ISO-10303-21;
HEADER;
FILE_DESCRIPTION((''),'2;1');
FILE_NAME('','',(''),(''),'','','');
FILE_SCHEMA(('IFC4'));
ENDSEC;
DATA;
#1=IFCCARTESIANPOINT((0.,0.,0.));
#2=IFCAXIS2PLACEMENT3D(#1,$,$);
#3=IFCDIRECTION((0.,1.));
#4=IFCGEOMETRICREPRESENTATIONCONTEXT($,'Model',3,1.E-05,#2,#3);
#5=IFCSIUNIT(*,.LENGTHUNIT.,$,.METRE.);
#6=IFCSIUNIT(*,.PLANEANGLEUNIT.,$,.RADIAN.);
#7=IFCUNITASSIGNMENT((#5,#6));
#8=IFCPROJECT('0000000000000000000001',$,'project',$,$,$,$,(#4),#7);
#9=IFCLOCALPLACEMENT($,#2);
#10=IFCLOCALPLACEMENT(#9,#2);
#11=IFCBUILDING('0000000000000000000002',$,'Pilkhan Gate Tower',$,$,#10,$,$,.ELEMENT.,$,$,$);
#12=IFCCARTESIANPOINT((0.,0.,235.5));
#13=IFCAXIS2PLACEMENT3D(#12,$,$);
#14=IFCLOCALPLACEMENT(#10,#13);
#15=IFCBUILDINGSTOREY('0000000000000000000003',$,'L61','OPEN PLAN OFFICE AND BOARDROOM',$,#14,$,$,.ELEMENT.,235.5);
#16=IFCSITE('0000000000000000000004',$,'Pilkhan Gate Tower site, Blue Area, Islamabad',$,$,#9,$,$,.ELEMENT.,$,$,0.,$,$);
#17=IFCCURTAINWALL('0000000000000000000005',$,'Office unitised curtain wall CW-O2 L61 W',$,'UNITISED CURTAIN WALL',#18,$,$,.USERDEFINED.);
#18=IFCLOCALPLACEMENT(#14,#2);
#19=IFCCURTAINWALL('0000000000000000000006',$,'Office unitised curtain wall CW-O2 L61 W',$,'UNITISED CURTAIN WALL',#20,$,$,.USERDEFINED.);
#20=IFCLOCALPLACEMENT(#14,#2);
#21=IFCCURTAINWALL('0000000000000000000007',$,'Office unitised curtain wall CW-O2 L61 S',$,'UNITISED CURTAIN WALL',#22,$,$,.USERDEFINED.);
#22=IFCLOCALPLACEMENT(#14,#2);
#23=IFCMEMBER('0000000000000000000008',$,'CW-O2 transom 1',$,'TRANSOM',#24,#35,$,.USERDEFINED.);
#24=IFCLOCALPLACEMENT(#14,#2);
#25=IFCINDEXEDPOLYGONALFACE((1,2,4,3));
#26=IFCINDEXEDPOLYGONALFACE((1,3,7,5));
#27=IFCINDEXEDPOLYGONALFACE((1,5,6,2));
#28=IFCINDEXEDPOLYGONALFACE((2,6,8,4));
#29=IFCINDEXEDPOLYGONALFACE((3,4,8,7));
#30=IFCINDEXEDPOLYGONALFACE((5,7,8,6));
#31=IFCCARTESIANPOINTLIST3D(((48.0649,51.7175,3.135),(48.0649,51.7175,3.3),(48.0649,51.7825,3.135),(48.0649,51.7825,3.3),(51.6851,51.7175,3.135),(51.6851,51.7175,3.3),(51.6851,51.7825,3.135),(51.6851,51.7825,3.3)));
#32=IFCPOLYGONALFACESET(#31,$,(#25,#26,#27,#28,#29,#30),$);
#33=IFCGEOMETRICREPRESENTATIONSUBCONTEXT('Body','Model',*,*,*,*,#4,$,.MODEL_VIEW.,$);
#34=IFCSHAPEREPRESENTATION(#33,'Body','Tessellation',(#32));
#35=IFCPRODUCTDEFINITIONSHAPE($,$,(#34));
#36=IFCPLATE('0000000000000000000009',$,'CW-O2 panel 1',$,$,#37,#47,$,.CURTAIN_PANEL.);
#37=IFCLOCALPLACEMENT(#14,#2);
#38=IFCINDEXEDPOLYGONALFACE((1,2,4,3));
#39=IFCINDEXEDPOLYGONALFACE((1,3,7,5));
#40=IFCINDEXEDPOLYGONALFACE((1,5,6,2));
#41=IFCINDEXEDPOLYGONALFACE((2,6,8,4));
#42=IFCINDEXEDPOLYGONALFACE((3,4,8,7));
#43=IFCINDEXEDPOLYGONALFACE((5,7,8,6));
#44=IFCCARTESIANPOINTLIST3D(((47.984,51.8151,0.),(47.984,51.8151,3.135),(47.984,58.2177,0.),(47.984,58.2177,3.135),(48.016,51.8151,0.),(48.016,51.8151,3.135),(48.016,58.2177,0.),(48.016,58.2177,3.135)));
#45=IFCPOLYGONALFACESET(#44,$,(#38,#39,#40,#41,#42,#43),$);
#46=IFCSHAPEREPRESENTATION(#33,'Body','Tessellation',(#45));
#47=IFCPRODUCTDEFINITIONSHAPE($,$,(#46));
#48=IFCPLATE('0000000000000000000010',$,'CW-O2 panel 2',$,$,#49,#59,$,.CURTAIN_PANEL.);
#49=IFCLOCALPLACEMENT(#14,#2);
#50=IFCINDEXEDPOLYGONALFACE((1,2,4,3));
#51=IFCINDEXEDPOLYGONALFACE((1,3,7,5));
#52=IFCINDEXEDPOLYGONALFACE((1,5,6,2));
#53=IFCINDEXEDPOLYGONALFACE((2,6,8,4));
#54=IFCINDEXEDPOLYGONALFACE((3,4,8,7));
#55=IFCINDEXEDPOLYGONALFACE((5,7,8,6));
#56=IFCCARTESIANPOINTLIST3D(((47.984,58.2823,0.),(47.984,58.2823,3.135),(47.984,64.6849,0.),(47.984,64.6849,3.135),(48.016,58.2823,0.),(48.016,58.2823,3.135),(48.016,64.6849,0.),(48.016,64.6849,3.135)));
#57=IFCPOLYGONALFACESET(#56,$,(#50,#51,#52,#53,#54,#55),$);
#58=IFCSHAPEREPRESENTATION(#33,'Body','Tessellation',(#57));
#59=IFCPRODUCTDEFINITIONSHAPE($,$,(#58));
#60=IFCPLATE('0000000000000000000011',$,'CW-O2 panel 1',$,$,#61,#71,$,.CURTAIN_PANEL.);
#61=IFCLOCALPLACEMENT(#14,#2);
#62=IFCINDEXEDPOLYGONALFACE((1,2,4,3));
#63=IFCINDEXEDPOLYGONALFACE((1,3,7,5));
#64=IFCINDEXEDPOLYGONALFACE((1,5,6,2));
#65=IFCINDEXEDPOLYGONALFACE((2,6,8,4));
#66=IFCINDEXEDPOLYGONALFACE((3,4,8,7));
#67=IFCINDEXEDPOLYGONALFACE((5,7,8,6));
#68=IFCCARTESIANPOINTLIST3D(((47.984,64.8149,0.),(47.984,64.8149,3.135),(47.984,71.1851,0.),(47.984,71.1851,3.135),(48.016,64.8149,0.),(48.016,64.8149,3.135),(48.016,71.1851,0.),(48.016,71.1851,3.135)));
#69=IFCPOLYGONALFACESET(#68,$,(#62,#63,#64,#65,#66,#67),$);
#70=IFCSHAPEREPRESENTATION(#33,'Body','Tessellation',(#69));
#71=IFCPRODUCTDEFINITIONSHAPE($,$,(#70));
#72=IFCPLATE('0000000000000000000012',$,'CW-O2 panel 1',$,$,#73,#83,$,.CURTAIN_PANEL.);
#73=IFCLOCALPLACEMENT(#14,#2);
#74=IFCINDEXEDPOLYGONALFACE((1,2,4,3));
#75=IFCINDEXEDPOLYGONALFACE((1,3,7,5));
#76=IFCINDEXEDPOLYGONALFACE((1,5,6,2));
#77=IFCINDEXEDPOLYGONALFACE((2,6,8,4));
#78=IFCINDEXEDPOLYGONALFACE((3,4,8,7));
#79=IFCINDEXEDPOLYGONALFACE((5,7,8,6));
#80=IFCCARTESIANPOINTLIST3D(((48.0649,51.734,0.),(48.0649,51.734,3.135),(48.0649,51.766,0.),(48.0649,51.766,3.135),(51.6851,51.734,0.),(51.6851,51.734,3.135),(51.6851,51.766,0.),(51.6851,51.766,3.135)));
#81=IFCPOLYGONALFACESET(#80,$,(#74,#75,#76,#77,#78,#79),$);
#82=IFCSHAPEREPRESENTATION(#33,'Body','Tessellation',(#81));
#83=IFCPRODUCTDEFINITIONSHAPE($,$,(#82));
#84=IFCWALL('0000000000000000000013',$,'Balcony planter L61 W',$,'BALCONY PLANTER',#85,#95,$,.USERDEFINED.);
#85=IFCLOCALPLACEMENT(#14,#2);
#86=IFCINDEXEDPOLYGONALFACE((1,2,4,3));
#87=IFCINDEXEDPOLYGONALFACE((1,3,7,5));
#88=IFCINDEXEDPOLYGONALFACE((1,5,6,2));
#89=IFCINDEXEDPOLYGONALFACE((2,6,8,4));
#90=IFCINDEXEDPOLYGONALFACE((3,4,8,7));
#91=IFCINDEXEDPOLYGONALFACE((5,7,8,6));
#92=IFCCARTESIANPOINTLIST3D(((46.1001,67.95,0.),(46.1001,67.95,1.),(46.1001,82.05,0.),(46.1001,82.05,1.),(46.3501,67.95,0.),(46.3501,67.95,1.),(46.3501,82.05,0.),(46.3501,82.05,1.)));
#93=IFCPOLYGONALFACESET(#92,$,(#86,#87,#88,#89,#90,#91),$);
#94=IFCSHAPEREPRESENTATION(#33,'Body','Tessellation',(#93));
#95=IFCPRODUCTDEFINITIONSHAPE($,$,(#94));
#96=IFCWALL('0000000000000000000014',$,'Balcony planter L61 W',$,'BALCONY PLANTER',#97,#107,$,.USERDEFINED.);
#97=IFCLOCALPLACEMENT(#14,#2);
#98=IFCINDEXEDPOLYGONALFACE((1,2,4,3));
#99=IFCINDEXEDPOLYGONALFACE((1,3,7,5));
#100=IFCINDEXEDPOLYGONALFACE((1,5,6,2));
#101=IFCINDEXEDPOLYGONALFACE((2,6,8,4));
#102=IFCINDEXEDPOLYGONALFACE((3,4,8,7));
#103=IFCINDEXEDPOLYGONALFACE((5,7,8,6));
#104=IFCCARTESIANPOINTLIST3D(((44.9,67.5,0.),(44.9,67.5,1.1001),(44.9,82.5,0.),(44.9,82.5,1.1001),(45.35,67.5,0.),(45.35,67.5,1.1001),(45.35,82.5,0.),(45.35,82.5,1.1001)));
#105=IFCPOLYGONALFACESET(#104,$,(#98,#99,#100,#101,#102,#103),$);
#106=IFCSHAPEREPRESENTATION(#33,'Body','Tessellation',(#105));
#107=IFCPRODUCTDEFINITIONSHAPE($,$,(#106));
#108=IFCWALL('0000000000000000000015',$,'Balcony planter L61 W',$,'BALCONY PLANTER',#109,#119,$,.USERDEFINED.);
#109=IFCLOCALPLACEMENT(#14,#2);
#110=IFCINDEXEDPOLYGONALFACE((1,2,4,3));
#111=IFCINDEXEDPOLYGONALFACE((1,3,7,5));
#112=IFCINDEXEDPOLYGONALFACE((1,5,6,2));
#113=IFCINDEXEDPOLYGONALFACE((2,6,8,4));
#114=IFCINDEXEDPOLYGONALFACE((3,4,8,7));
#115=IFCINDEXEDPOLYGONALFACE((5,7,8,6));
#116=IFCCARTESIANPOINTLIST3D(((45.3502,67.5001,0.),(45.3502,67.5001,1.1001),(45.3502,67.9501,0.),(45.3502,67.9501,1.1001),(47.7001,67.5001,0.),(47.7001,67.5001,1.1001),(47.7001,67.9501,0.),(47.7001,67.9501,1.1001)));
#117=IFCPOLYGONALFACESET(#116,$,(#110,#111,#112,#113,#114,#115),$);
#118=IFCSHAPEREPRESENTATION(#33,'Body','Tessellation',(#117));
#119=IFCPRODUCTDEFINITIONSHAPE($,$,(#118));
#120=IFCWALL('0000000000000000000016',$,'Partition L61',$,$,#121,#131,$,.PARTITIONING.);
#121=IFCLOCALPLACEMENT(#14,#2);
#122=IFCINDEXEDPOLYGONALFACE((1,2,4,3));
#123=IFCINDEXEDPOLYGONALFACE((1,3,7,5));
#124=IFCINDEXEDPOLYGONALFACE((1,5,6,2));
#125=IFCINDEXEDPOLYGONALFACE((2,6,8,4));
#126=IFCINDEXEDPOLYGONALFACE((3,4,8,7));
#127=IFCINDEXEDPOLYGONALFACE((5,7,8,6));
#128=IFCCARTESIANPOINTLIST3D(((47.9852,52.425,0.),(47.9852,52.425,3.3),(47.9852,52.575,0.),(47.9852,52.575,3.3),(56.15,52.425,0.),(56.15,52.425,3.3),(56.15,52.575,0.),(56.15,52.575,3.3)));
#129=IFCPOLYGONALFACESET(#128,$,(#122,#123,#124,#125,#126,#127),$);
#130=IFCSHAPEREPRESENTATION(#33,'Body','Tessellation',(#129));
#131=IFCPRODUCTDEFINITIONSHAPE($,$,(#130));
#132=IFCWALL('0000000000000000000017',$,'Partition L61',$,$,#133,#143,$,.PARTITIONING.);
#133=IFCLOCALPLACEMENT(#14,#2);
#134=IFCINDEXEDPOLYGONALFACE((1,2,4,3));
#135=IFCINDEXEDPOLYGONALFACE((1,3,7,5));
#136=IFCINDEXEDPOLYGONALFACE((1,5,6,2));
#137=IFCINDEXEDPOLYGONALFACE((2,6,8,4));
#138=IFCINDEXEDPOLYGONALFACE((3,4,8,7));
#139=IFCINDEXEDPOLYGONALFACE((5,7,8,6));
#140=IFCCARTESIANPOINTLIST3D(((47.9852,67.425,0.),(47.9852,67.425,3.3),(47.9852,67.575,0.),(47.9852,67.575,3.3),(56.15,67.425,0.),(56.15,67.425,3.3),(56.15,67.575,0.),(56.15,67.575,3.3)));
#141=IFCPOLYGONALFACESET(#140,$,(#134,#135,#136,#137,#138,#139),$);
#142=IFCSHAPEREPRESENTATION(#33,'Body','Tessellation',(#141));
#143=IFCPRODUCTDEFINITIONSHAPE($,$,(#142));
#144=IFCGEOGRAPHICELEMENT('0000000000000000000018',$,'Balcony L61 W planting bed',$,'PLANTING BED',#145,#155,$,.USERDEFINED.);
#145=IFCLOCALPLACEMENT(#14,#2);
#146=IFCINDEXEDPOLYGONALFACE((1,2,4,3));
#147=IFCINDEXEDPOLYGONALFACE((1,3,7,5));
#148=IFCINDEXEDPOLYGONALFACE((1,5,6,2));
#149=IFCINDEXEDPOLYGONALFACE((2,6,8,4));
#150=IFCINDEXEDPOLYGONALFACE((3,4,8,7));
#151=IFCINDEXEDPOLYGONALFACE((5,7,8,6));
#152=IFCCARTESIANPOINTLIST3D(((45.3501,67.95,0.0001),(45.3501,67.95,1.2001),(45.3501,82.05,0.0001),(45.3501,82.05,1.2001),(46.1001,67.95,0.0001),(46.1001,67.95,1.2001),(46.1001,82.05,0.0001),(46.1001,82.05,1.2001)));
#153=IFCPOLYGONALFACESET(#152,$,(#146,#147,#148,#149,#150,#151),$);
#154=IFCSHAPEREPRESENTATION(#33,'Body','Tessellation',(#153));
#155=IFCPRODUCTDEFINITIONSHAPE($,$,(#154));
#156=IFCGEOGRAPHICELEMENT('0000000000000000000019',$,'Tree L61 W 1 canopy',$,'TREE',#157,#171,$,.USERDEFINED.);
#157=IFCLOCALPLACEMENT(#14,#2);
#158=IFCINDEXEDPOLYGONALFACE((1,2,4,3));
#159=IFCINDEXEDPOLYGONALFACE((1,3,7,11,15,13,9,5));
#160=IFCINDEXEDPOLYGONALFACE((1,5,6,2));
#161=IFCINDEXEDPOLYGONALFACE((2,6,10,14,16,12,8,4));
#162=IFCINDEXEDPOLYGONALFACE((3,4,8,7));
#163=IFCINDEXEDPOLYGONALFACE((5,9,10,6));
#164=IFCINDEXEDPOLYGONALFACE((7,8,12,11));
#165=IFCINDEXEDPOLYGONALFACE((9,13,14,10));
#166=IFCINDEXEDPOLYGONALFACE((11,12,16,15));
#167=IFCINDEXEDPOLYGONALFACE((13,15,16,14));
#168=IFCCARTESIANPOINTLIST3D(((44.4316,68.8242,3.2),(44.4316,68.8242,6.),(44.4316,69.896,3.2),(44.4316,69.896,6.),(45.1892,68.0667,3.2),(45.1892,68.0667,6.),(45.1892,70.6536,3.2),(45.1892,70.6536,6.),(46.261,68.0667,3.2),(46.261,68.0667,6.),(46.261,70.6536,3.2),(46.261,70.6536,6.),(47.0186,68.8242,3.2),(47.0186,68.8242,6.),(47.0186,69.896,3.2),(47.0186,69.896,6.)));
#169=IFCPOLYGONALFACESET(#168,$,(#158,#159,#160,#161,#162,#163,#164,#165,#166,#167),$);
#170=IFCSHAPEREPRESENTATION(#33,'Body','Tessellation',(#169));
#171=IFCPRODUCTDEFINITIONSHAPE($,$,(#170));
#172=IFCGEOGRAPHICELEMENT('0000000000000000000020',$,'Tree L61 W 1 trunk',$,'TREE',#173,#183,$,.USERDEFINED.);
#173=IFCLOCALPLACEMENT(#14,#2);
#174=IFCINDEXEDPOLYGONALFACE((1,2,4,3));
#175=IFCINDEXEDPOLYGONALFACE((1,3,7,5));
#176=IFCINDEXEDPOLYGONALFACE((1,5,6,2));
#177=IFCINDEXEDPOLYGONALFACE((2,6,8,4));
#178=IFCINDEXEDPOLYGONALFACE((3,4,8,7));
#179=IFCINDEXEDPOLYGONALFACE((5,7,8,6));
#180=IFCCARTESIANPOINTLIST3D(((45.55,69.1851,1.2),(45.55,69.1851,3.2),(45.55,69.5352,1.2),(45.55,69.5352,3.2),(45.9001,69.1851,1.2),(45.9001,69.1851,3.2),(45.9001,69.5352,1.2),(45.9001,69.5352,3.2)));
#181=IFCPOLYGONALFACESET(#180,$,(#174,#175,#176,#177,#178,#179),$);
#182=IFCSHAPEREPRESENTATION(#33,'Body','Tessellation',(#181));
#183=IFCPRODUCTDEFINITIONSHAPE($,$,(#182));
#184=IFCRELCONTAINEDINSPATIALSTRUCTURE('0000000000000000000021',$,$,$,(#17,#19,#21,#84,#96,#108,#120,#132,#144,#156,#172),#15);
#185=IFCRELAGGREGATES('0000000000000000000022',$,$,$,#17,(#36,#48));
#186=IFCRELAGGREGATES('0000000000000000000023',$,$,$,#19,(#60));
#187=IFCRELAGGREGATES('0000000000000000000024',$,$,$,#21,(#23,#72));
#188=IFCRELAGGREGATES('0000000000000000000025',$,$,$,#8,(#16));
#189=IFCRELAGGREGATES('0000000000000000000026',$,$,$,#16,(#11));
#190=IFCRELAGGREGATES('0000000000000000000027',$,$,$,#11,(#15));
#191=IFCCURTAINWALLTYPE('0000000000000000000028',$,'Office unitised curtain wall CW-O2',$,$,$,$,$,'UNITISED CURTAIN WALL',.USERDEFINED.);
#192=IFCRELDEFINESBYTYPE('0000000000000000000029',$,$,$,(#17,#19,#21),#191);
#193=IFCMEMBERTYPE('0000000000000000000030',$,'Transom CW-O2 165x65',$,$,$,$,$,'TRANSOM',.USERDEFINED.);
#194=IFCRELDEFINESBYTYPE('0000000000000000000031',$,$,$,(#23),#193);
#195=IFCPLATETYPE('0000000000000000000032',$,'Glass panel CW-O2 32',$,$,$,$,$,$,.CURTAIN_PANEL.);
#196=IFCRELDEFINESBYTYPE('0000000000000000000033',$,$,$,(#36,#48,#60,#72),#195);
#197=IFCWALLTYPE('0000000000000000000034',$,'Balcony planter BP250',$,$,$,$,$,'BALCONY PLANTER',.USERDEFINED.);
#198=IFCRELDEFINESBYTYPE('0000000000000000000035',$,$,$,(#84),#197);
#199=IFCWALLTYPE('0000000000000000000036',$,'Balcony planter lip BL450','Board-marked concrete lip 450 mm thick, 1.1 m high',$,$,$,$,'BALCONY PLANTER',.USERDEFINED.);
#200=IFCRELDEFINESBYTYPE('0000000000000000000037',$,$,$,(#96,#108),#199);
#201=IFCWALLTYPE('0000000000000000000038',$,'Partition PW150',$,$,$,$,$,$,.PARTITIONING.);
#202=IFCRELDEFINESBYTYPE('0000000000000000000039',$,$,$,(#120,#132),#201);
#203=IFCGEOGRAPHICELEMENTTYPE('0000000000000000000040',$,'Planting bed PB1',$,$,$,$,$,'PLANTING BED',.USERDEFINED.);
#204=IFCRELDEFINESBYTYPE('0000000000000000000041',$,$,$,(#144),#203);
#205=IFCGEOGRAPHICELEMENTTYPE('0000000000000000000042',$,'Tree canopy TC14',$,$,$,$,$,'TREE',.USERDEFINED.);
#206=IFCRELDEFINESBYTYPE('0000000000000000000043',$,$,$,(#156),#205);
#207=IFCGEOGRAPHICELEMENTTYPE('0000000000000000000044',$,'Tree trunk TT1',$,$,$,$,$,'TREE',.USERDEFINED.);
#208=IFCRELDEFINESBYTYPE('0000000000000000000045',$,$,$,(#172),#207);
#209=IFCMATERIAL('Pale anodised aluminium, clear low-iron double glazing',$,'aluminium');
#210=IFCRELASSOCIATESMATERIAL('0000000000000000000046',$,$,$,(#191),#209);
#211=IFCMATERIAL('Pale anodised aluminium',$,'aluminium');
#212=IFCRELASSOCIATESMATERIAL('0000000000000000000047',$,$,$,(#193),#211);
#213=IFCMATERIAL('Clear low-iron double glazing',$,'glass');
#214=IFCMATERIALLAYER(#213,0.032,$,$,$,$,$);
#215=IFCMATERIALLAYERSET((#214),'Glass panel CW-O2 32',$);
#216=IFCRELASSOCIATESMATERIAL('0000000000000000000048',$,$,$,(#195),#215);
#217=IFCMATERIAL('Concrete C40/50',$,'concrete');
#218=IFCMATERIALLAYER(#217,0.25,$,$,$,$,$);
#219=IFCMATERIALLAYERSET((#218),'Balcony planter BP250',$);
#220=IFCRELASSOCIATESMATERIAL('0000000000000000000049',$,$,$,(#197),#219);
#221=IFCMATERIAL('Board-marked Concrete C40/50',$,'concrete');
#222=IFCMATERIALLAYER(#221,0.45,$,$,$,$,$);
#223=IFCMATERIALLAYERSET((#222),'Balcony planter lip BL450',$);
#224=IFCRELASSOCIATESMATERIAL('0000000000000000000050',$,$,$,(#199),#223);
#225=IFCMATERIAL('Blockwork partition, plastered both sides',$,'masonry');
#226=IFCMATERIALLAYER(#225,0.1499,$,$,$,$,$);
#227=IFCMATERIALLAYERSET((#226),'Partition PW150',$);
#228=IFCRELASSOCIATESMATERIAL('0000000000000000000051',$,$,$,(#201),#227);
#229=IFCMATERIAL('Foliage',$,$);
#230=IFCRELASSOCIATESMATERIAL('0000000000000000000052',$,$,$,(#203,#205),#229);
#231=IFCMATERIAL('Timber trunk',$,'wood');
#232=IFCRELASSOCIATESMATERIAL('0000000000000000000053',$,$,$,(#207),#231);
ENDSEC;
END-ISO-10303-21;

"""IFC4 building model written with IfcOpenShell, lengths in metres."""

from ifc_helpers import new_model, si_unit, direction, frame, frame_2d, origin, origin_2d, place, context, subcontext, project, spatial, polyline, rectangle, outline, extrude, material, layer, layer_set, material_profile, profile_set, type_object, element, aggregate, save


model = new_model("IFC4")

# Units and contexts
model_context = context("Model", 3, precision=1e-05, world=origin(), true_north=direction((0.0, 1.0)))
body_context = subcontext(model_context, "Body", "Model", "MODEL_VIEW")
ifc_project = project(units=[si_unit("LENGTHUNIT", "METRE"), si_unit("PLANEANGLEUNIT", "RADIAN")], contexts=[model_context])

# Site, building, storey
site_placement = place(None, origin())
site = spatial("IfcSite", under=ifc_project, at=site_placement, Name="Pilkhan Gate Tower site, Blue Area, Islamabad", CompositionType="ELEMENT", RefElevation=0.0)
building_placement = place(site_placement, origin())
building = spatial("IfcBuilding", under=site, at=building_placement, Name="Pilkhan Gate Tower", CompositionType="ELEMENT")
storey_placement = place(building_placement, frame((0.0, 0.0, 235.5)))
storey = spatial("IfcBuildingStorey", under=building, at=storey_placement, Name="L61", Description="OPEN PLAN OFFICE AND BOARDROOM", CompositionType="ELEMENT", Elevation=235.5)

# Curtain walls
ifc_material_1 = material(Name="Pale anodised aluminium, clear low-iron double glazing", Category="aluminium")
curtain_wall_type = type_object("IfcCurtainWallType", Name="Office unitised curtain wall CW-O2", ElementType="UNITISED CURTAIN WALL", PredefinedType="USERDEFINED", material=ifc_material_1)
curtain_wall_1_placement = place(storey_placement, origin())
curtain_wall_1 = element("IfcCurtainWall", 1, at=curtain_wall_1_placement, inside=storey, type_object=curtain_wall_type, Name="Office unitised curtain wall CW-O2 L61 W", ObjectType="UNITISED CURTAIN WALL", PredefinedType="USERDEFINED")
ifc_material_2 = material(Name="Pale anodised aluminium", Category="aluminium")
curtain_wall_2_placement = place(storey_placement, origin())
curtain_wall_2 = element("IfcCurtainWall", 2, at=curtain_wall_2_placement, inside=storey, type_object=curtain_wall_type, Name="Office unitised curtain wall CW-O2 L61 W", ObjectType="UNITISED CURTAIN WALL", PredefinedType="USERDEFINED")
curtain_wall_3_placement = place(storey_placement, origin())
curtain_wall_3 = element("IfcCurtainWall", 3, at=curtain_wall_3_placement, inside=storey, type_object=curtain_wall_type, Name="Office unitised curtain wall CW-O2 L61 S", ObjectType="UNITISED CURTAIN WALL", PredefinedType="USERDEFINED")

# Member
ifc_material_profile_1 = material_profile(ifc_material_2, rectangle(XDim=0.0649, YDim=0.165, at=origin_2d()), Name="Transom 165x65")
ifc_profile_set_1 = profile_set([ifc_material_profile_1], Name="Pale anodised aluminium")
member_type_1 = type_object("IfcMemberType", Name="Transom CW-O2 165x65", ElementType="TRANSOM", PredefinedType="USERDEFINED", material=ifc_profile_set_1)
member_1_placement = place(storey_placement, frame((48.0649, 51.75, 3.2175), z_axis=(1.0, 0.0, 0.0), x_axis=(0.0, 1.0, 0.0)))
member_1 = element("IfcMember", 4, at=member_1_placement, type_object=member_type_1, Name="CW-O2 transom 1", ObjectType="TRANSOM", PredefinedType="USERDEFINED", context=body_context, shape_type="SweptSolid", body=[
    extrude(rectangle(XDim=0.0649, YDim=0.165, at=origin_2d()), origin(), (0.0, 0.0, 1.0), 3.6201),
])

# Plates
ifc_material_3 = material(Name="Clear low-iron double glazing", Category="glass")
ifc_layer_1 = layer(ifc_material_3, 0.032)
ifc_layer_set_1 = layer_set([ifc_layer_1], Name="Glass panel CW-O2 32")
plate_type = type_object("IfcPlateType", Name="Glass panel CW-O2 32", PredefinedType="CURTAIN_PANEL", material=ifc_layer_set_1)
plate_1_placement = place(storey_placement, frame((48.0, 55.0164, 0.0), z_axis=(0.0, 0.0, 1.0), x_axis=(0.0, 1.0, 0.0)))
plate_1 = element("IfcPlate", 5, at=plate_1_placement, type_object=plate_type, Name="CW-O2 panel 1", PredefinedType="CURTAIN_PANEL", context=body_context, shape_type="SweptSolid", body=[
    extrude(rectangle(XDim=6.4026, YDim=0.032, at=origin_2d()), origin(), (0.0, 0.0, 1.0), 3.135),
])
plate_2_placement = place(storey_placement, frame((48.0, 61.4836, 0.0), z_axis=(0.0, 0.0, 1.0), x_axis=(0.0, 1.0, 0.0)))
plate_2 = element("IfcPlate", 6, at=plate_2_placement, type_object=plate_type, Name="CW-O2 panel 2", PredefinedType="CURTAIN_PANEL", context=body_context, shape_type="SweptSolid", body=[
    extrude(rectangle(XDim=6.4026, YDim=0.032, at=origin_2d()), origin(), (0.0, 0.0, 1.0), 3.135),
])
aggregate(curtain_wall_1, [plate_1, plate_2])
plate_3_placement = place(storey_placement, frame((48.0, 68.0, 0.0), z_axis=(0.0, 0.0, 1.0), x_axis=(0.0, 1.0, 0.0)))
plate_3 = element("IfcPlate", 7, at=plate_3_placement, type_object=plate_type, Name="CW-O2 panel 1", PredefinedType="CURTAIN_PANEL", context=body_context, shape_type="SweptSolid", body=[
    extrude(rectangle(XDim=6.3701, YDim=0.032, at=origin_2d()), origin(), (0.0, 0.0, 1.0), 3.135),
])
aggregate(curtain_wall_2, [plate_3])
plate_4_placement = place(storey_placement, frame((49.875, 51.75, 0.0), z_axis=(0.0, 0.0, 1.0), x_axis=(1.0, 0.0, 0.0)))
plate_4 = element("IfcPlate", 8, at=plate_4_placement, type_object=plate_type, Name="CW-O2 panel 1", PredefinedType="CURTAIN_PANEL", context=body_context, shape_type="SweptSolid", body=[
    extrude(rectangle(XDim=3.6201, YDim=0.032, at=origin_2d()), origin(), (0.0, 0.0, 1.0), 3.135),
])
aggregate(curtain_wall_3, [member_1, plate_4])

# Walls
ifc_material_4 = material(Name="Concrete C40/50", Category="concrete")
ifc_layer_2 = layer(ifc_material_4, 0.25)
ifc_layer_set_2 = layer_set([ifc_layer_2], Name="Balcony planter BP250")
wall_type_1 = type_object("IfcWallType", Name="Balcony planter BP250", ElementType="BALCONY PLANTER", PredefinedType="USERDEFINED", material=ifc_layer_set_2)
wall_1_placement = place(storey_placement, frame((46.2251, 67.95, 0.0), z_axis=(0.0, 0.0, 1.0), x_axis=(0.0, 1.0, 0.0)))
element("IfcWall", 9, at=wall_1_placement, inside=storey, type_object=wall_type_1, Name="Balcony planter L61 W", ObjectType="BALCONY PLANTER", PredefinedType="USERDEFINED", context=body_context, shape_type="SweptSolid", body=[
    extrude(rectangle(XDim=14.1001, YDim=0.25, at=frame_2d((7.05, 0.0))), origin(), (0.0, 0.0, 1.0), 1.0),
])
ifc_material_5 = material(Name="Board-marked Concrete C40/50", Category="concrete")
ifc_layer_3 = layer(ifc_material_5, 0.45)
ifc_layer_set_3 = layer_set([ifc_layer_3], Name="Balcony planter lip BL450")
wall_type_2 = type_object("IfcWallType", Name="Balcony planter lip BL450", Description="Board-marked concrete lip 450 mm thick, 1.1 m high", ElementType="BALCONY PLANTER", PredefinedType="USERDEFINED", material=ifc_layer_set_3)
wall_2_placement = place(storey_placement, frame((45.125, 67.5, 0.0), z_axis=(0.0, 0.0, 1.0), x_axis=(0.0, 1.0, 0.0)))
element("IfcWall", 10, at=wall_2_placement, inside=storey, type_object=wall_type_2, Name="Balcony planter L61 W", ObjectType="BALCONY PLANTER", PredefinedType="USERDEFINED", context=body_context, shape_type="SweptSolid", body=[
    extrude(rectangle(XDim=15.0, YDim=0.45, at=frame_2d((7.5, 0.0))), origin(), (0.0, 0.0, 1.0), 1.1001),
])
wall_3_placement = place(storey_placement, frame((47.7, 67.7251, 0.0), z_axis=(0.0, 0.0, 1.0), x_axis=(-1.0, 0.0, 0.0)))
element("IfcWall", 11, at=wall_3_placement, inside=storey, type_object=wall_type_2, Name="Balcony planter L61 W", ObjectType="BALCONY PLANTER", PredefinedType="USERDEFINED", context=body_context, shape_type="SweptSolid", body=[
    extrude(rectangle(XDim=2.3499, YDim=0.45, at=frame_2d((1.1748, 0.0))), origin(), (0.0, 0.0, 1.0), 1.1001),
])

# Walls
ifc_material_6 = material(Name="Blockwork partition, plastered both sides", Category="masonry")
ifc_layer_4 = layer(ifc_material_6, 0.1499)
ifc_layer_set_4 = layer_set([ifc_layer_4], Name="Partition PW150")
wall_type_3 = type_object("IfcWallType", Name="Partition PW150", PredefinedType="PARTITIONING", material=ifc_layer_set_4)
for number, where, z_axis, x_axis, name in (
    (12, (47.9851, 52.5, 0.0), (0.0, 0.0, 1.0), (1.0, 0.0, 0.0), "Partition L61"),
    (13, (47.9851, 67.5, 0.0), (0.0, 0.0, 1.0), (1.0, 0.0, 0.0), "Partition L61"),
):
    element("IfcWall", number, at=place(storey_placement, frame(where, z_axis=z_axis, x_axis=x_axis)), inside=storey, type_object=wall_type_3, Name=name, PredefinedType="PARTITIONING", context=body_context, shape_type="SweptSolid", body=[
        extrude(rectangle(XDim=8.1648, YDim=0.1499, at=frame_2d((4.0825, 0.0))), origin(), (0.0, 0.0, 1.0), 3.3),
    ])

# Geographic elements
ifc_material_7 = material(Name="Foliage")
ifc_material_profile_2 = material_profile(ifc_material_7, rectangle(XDim=0.75, YDim=1.2, at=origin_2d()), Name="Bed 750x1200")
ifc_profile_set_2 = profile_set([ifc_material_profile_2], Name="Foliage")
geographic_element_type_1 = type_object("IfcGeographicElementType", Name="Planting bed PB1", ElementType="PLANTING BED", PredefinedType="USERDEFINED", material=ifc_profile_set_2)
geographic_element_1_placement = place(storey_placement, frame((45.7251, 67.95, 0.6001), z_axis=(0.0, 1.0, 0.0), x_axis=(-1.0, 0.0, 0.0)))
element("IfcGeographicElement", 14, at=geographic_element_1_placement, inside=storey, type_object=geographic_element_type_1, Name="Balcony L61 W planting bed", ObjectType="PLANTING BED", PredefinedType="USERDEFINED", context=body_context, shape_type="SweptSolid", body=[
    extrude(rectangle(XDim=0.75, YDim=1.2, at=origin_2d()), origin(), (0.0, 0.0, 1.0), 14.1001),
])
ifc_material_profile_3 = material_profile(ifc_material_7, outline(polyline([(1.2935, 0.5359), (0.5359, 1.2935), (-0.5359, 1.2935), (-1.2935, 0.5359), (-1.2935, -0.5359), (-0.5359, -1.2935), (0.5359, -1.2935), (1.2935, -0.5359), (1.2935, 0.5359)])), Name="Canopy D2.8")
ifc_profile_set_3 = profile_set([ifc_material_profile_3], Name="Foliage")
geographic_element_type_2 = type_object("IfcGeographicElementType", Name="Tree canopy TC14", ElementType="TREE", PredefinedType="USERDEFINED", material=ifc_profile_set_3)
geographic_element_2_placement = place(storey_placement, frame((45.7251, 69.3601, 3.2), z_axis=(0.0, 0.0, 1.0), x_axis=(1.0, 0.0, 0.0)))
element("IfcGeographicElement", 15, at=geographic_element_2_placement, inside=storey, type_object=geographic_element_type_2, Name="Tree L61 W 1 canopy", ObjectType="TREE", PredefinedType="USERDEFINED", context=body_context, shape_type="SweptSolid", body=[
    extrude(outline(polyline([(1.2935, 0.5359), (0.5359, 1.2935), (-0.5359, 1.2935), (-1.2935, 0.5359), (-1.2935, -0.5359), (-0.5359, -1.2935), (0.5359, -1.2935), (1.2935, -0.5359), (1.2935, 0.5359)])), origin(), (0.0, 0.0, 1.0), 2.8),
])
ifc_material_8 = material(Name="Timber trunk", Category="wood")
geographic_element_type_3 = type_object("IfcGeographicElementType", Name="Tree trunk TT1", ElementType="TREE", PredefinedType="USERDEFINED", material=ifc_material_8)
geographic_element_3_placement = place(storey_placement, frame((45.7251, 69.3601, 1.2), z_axis=(0.0, 0.0, 1.0), x_axis=(1.0, 0.0, 0.0)))
element("IfcGeographicElement", 16, at=geographic_element_3_placement, inside=storey, type_object=geographic_element_type_3, Name="Tree L61 W 1 trunk", ObjectType="TREE", PredefinedType="USERDEFINED", context=body_context, shape_type="SweptSolid", body=[
    extrude(rectangle(XDim=0.3501, YDim=0.3501, at=origin_2d()), origin(), (0.0, 0.0, 1.0), 2.0),
])

save(model, "model.ifc")
